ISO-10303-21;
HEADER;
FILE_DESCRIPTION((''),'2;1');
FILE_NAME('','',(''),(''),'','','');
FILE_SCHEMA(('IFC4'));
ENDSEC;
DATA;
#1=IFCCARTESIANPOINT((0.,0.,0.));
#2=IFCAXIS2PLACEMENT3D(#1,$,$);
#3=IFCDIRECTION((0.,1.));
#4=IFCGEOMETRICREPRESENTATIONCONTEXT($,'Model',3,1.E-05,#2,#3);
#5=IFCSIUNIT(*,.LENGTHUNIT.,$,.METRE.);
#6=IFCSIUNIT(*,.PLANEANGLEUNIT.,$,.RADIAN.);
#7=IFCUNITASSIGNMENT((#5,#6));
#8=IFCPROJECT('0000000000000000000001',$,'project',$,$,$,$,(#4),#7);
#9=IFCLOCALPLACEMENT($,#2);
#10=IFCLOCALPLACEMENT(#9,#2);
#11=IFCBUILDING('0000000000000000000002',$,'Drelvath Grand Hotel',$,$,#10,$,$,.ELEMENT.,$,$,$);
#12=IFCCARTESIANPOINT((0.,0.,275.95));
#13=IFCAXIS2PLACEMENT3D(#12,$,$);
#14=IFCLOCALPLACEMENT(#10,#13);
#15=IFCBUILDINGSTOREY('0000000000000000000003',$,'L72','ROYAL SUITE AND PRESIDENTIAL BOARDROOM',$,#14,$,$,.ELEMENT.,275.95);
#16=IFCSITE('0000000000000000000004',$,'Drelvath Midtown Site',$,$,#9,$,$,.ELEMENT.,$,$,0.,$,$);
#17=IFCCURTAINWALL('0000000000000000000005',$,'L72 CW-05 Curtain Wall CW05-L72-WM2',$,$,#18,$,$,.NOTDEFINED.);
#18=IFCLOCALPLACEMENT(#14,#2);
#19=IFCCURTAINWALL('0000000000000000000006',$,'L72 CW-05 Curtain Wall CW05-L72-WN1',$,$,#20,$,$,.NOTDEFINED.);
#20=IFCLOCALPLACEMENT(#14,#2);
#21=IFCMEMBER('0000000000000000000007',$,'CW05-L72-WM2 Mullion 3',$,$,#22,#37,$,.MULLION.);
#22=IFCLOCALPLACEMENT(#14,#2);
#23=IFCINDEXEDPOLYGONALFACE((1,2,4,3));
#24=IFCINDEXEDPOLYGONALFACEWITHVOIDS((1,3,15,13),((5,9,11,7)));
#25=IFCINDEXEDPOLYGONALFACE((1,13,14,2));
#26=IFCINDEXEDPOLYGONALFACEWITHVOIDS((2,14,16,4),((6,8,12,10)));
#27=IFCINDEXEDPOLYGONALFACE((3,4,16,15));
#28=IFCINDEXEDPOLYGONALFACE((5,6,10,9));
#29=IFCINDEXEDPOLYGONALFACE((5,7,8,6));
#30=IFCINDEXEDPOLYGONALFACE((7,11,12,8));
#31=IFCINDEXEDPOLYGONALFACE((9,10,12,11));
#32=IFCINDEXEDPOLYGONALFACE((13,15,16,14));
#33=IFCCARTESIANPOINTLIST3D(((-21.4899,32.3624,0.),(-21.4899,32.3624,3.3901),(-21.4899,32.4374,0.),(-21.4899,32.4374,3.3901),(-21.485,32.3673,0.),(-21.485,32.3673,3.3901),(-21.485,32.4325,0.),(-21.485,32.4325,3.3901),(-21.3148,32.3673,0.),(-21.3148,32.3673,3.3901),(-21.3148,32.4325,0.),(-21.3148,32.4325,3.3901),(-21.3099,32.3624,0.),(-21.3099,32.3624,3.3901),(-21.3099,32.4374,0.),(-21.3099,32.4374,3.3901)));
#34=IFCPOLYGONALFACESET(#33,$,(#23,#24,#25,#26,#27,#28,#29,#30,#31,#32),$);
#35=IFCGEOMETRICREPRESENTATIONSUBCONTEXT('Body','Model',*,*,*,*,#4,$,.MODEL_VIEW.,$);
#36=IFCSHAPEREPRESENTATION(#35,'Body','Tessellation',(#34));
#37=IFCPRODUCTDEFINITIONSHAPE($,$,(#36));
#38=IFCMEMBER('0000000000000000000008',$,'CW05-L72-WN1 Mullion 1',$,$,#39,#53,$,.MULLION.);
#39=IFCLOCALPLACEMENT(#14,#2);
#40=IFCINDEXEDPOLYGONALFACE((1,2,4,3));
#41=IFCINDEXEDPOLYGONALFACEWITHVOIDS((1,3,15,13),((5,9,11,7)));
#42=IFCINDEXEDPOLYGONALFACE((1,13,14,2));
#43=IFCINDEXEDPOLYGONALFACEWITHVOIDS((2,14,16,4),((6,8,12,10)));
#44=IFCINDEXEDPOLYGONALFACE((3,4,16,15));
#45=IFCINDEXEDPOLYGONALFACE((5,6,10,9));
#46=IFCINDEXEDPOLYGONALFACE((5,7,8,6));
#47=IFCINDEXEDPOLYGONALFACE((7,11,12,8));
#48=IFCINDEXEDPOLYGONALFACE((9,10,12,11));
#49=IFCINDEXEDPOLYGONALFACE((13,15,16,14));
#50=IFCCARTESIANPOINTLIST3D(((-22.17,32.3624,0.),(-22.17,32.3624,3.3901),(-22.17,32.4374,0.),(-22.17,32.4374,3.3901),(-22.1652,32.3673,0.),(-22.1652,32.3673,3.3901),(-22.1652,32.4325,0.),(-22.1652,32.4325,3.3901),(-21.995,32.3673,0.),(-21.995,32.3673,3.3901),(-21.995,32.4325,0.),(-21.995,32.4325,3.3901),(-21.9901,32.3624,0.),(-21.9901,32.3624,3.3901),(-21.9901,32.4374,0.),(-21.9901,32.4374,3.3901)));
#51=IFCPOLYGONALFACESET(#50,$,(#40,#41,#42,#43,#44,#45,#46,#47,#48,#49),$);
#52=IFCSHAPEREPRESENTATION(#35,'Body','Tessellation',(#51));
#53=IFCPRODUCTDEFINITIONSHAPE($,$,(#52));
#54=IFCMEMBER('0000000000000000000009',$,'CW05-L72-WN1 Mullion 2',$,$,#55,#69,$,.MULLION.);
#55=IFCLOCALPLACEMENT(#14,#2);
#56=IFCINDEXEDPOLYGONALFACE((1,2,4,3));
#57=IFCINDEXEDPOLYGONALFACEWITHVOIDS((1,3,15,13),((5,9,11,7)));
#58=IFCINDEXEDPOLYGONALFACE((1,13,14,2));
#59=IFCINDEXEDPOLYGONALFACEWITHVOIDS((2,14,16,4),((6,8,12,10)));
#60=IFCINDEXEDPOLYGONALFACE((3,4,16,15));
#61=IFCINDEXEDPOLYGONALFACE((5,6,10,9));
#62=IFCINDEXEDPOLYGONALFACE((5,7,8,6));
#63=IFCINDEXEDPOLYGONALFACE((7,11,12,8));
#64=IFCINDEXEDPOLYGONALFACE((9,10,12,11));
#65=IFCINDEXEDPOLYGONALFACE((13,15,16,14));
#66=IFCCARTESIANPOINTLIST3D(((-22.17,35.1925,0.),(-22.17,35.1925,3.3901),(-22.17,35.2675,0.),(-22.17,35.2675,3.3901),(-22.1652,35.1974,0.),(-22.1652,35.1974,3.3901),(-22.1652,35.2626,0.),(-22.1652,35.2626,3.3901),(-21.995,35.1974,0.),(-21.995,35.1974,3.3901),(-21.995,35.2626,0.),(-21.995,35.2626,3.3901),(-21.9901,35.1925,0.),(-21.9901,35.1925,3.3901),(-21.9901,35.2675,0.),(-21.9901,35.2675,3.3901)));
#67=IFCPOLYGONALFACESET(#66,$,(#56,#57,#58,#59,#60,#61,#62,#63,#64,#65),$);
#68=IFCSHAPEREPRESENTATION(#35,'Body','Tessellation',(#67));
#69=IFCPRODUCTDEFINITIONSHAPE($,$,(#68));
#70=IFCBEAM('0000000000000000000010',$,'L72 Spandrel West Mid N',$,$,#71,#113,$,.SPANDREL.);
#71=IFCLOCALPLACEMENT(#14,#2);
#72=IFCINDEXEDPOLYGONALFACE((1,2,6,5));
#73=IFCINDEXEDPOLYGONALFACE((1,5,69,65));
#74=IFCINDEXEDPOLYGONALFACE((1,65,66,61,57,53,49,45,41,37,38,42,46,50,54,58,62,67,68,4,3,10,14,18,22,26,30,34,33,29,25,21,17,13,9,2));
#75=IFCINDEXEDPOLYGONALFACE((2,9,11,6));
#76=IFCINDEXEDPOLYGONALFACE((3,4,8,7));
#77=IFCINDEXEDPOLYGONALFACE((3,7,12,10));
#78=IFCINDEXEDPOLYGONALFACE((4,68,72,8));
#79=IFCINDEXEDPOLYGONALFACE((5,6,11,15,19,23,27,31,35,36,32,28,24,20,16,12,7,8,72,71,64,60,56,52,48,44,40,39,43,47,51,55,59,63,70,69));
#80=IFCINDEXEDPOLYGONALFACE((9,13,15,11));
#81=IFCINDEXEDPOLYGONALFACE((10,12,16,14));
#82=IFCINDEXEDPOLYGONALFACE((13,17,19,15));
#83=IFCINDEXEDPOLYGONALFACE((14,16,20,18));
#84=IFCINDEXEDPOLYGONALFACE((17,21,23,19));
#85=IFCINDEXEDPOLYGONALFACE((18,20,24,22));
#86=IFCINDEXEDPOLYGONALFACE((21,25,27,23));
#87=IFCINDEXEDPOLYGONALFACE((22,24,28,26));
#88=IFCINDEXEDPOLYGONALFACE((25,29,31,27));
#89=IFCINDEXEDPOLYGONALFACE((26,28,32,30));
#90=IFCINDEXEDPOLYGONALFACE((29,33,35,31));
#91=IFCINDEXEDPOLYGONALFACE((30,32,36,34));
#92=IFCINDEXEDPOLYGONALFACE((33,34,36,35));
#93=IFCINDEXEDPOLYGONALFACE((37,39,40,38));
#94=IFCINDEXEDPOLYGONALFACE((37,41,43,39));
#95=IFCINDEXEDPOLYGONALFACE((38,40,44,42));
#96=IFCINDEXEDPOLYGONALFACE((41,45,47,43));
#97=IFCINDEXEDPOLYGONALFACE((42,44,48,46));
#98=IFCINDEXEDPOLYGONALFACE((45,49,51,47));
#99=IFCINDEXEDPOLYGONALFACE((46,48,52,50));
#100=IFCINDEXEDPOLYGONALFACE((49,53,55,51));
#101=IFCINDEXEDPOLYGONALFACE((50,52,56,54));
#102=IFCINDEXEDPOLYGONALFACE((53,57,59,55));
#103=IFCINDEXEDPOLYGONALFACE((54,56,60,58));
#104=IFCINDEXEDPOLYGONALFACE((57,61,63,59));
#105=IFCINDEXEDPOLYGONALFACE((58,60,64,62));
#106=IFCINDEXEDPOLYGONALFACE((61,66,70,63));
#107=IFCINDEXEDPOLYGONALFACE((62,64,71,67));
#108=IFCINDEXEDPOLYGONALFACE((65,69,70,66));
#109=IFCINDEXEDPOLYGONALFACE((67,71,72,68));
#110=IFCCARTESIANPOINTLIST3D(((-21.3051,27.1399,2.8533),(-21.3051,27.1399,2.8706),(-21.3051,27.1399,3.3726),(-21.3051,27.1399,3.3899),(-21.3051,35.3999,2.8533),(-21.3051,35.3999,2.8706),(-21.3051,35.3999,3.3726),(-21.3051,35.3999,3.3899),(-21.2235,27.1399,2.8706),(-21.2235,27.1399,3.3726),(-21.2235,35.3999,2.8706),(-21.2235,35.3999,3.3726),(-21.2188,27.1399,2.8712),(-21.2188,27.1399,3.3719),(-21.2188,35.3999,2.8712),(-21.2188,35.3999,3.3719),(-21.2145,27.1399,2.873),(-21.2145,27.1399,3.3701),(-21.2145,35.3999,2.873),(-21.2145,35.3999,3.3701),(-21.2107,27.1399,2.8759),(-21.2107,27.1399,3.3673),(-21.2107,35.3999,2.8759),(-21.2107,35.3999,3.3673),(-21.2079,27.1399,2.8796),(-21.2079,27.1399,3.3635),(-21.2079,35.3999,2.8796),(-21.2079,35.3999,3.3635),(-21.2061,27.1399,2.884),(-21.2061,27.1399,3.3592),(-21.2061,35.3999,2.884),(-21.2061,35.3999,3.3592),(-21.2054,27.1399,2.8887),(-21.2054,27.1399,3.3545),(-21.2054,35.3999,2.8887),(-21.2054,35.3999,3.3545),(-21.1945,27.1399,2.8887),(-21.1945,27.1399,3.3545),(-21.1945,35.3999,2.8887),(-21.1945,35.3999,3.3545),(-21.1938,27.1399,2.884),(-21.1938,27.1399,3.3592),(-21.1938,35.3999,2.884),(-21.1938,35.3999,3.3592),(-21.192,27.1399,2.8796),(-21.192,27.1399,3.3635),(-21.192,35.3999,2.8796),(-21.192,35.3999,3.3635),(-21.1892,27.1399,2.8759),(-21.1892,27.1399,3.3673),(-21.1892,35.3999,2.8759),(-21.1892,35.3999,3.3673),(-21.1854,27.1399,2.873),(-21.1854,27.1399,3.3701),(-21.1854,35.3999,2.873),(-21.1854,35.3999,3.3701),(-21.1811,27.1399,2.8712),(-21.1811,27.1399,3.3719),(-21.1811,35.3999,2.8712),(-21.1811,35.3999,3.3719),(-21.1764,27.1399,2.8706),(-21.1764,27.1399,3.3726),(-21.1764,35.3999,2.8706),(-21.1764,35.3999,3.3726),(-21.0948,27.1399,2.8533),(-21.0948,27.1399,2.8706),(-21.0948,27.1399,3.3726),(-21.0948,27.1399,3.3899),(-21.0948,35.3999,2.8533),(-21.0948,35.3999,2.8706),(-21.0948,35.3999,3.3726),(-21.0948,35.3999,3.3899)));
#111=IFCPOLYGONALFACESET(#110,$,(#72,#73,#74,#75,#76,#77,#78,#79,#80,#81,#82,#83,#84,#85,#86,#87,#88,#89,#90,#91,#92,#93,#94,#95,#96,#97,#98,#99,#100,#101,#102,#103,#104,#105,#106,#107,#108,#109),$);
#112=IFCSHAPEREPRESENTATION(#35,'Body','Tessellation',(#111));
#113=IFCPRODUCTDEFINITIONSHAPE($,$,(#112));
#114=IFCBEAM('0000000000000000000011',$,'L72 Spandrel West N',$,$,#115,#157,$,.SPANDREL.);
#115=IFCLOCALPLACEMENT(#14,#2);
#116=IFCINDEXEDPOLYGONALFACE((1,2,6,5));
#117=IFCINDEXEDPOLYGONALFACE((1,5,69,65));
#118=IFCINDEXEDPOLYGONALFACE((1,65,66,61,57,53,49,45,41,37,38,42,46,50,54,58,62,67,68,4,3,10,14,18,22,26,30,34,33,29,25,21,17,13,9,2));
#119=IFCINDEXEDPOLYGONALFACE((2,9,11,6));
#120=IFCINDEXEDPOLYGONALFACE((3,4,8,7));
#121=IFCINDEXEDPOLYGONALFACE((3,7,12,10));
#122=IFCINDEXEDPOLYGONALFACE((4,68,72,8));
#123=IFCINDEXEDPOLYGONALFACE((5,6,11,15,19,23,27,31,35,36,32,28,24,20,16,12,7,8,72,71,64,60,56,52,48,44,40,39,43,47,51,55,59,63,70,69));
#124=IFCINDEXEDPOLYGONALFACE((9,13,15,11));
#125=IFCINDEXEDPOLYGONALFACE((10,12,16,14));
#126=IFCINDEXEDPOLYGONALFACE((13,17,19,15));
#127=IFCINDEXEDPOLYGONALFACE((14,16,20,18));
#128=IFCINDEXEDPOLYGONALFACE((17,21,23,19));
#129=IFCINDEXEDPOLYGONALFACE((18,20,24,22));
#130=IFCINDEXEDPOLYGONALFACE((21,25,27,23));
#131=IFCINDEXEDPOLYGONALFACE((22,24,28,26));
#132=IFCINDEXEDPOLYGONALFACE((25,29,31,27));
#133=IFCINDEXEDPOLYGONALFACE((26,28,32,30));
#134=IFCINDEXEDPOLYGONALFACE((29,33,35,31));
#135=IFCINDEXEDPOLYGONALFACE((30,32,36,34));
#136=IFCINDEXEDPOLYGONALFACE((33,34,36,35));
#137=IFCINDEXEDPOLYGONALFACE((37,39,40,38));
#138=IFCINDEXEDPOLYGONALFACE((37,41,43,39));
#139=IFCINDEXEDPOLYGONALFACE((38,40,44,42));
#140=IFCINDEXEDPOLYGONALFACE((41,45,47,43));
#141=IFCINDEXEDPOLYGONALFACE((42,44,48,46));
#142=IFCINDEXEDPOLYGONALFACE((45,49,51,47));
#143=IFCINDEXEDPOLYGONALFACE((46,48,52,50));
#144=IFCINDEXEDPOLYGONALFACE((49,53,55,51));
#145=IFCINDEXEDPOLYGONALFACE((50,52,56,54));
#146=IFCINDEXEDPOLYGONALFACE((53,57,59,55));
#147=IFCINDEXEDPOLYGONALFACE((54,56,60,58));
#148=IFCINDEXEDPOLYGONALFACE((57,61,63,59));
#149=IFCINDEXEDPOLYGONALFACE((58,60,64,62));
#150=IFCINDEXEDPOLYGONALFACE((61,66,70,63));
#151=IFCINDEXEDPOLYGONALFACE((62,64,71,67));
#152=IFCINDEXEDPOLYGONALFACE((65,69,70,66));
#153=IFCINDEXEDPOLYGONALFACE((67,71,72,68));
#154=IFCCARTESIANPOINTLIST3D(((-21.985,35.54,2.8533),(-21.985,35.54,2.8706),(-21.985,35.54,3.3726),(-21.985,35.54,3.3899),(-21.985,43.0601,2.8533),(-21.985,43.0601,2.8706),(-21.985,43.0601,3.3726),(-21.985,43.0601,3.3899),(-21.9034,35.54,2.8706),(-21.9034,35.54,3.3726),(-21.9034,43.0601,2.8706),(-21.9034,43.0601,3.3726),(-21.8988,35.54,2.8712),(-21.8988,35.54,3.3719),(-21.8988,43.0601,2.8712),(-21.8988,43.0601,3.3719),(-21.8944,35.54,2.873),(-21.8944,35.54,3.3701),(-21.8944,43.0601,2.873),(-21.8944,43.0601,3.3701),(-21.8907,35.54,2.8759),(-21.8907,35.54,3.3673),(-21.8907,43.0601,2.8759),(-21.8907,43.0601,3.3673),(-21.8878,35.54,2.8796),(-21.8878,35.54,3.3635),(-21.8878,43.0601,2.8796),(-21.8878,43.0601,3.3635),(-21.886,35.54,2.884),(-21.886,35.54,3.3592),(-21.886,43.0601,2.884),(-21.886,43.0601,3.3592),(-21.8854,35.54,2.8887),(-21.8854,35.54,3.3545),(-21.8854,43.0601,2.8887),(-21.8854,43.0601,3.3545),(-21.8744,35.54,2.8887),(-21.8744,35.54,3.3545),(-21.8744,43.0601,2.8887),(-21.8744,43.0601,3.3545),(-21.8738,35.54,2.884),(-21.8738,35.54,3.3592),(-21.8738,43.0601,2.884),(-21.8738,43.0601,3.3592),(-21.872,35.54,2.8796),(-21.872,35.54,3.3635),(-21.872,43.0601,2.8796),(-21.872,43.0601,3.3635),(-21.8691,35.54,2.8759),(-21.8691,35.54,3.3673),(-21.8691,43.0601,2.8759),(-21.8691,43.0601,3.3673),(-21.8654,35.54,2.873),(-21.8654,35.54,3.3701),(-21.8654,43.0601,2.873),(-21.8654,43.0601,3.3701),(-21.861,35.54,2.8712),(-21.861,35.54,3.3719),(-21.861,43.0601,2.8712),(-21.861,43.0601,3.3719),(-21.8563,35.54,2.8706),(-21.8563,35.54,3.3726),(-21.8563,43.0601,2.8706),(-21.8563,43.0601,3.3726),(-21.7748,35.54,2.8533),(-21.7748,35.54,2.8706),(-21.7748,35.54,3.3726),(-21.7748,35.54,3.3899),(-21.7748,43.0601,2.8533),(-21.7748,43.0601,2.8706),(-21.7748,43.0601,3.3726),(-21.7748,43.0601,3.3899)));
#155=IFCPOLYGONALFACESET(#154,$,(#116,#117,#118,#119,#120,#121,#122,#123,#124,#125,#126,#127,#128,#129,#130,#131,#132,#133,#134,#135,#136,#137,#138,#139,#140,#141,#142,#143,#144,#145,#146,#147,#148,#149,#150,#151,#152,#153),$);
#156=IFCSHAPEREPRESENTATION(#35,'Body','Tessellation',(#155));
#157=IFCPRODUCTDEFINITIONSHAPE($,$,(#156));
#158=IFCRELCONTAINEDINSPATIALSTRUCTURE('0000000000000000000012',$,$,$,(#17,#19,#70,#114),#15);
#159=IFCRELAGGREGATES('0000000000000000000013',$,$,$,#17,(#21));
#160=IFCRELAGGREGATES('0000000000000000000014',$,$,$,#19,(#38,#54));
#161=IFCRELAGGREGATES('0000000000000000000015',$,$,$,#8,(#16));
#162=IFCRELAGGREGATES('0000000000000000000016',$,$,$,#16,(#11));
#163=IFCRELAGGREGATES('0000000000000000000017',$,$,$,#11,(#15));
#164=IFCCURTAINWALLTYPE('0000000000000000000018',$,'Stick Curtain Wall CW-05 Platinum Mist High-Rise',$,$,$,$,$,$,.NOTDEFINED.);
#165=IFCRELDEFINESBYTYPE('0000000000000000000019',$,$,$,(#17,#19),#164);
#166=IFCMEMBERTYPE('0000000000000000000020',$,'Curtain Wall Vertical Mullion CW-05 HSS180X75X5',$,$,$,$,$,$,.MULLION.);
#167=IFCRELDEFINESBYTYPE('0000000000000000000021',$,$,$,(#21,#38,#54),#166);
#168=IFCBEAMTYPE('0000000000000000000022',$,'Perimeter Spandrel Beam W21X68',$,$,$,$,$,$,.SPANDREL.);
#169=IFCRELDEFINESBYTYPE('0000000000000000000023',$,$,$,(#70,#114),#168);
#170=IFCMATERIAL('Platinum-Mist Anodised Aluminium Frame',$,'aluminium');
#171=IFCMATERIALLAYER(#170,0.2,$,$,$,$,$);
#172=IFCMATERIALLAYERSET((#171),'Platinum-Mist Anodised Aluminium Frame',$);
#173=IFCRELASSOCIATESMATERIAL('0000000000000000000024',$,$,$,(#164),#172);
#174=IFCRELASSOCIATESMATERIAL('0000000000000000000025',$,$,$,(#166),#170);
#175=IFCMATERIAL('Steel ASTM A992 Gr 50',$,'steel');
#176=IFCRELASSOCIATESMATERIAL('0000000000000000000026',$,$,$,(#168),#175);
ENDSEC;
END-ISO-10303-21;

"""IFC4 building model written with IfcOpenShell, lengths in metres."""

from ifc_helpers import new_model, si_unit, direction, frame, origin, origin_2d, place, context, subcontext, project, spatial, hollow_rectangle, i_section, extrude, material, layer, layer_set, material_profile, profile_set, type_object, element, aggregate, save


model = new_model("IFC4")

# Units and contexts
model_context = context("Model", 3, precision=1e-05, world=origin(), true_north=direction((0.0, 1.0)))
body_context = subcontext(model_context, "Body", "Model", "MODEL_VIEW")
ifc_project = project(units=[si_unit("LENGTHUNIT", "METRE"), si_unit("PLANEANGLEUNIT", "RADIAN")], contexts=[model_context])

# Site, building, storey
site_placement = place(None, origin())
site = spatial("IfcSite", under=ifc_project, at=site_placement, Name="Drelvath Midtown Site", CompositionType="ELEMENT", RefElevation=0.0)
building_placement = place(site_placement, origin())
building = spatial("IfcBuilding", under=site, at=building_placement, Name="Drelvath Grand Hotel", CompositionType="ELEMENT")
storey_placement = place(building_placement, frame((0.0, 0.0, 275.95)))
storey = spatial("IfcBuildingStorey", under=building, at=storey_placement, Name="L72", Description="ROYAL SUITE AND PRESIDENTIAL BOARDROOM", CompositionType="ELEMENT", Elevation=275.95)

# Curtain walls
ifc_material_1 = material(Name="Platinum-Mist Anodised Aluminium Frame", Category="aluminium")
ifc_layer_1 = layer(ifc_material_1, 0.2)
ifc_layer_set_1 = layer_set([ifc_layer_1], Name="Platinum-Mist Anodised Aluminium Frame")
curtain_wall_type = type_object("IfcCurtainWallType", Name="Stick Curtain Wall CW-05 Platinum Mist High-Rise", PredefinedType="NOTDEFINED", material=ifc_layer_set_1)
curtain_wall_1_placement = place(storey_placement, origin())
curtain_wall_1 = element("IfcCurtainWall", 1, at=curtain_wall_1_placement, inside=storey, type_object=curtain_wall_type, Name="L72 CW-05 Curtain Wall CW05-L72-WM2", PredefinedType="NOTDEFINED")
curtain_wall_2_placement = place(storey_placement, origin())
curtain_wall_2 = element("IfcCurtainWall", 2, at=curtain_wall_2_placement, inside=storey, type_object=curtain_wall_type, Name="L72 CW-05 Curtain Wall CW05-L72-WN1", PredefinedType="NOTDEFINED")
ifc_material_profile_1 = material_profile(ifc_material_1, hollow_rectangle(XDim=0.075, YDim=0.1799, WallThickness=0.0049, at=origin_2d()), Name="HSS180X75X5")
ifc_profile_set_1 = profile_set([ifc_material_profile_1], Name="Platinum-Mist Anodised Aluminium Frame")
member_type_1 = type_object("IfcMemberType", Name="Curtain Wall Vertical Mullion CW-05 HSS180X75X5", PredefinedType="MULLION", material=ifc_profile_set_1)

# Members
member_1_placement = place(storey_placement, frame((-21.3999, 32.3999, 0.0), z_axis=(0.0, 0.0, 1.0), x_axis=(0.0, 1.0, 0.0)))
member_1 = element("IfcMember", 3, at=member_1_placement, type_object=member_type_1, Name="CW05-L72-WM2 Mullion 3", PredefinedType="MULLION", context=body_context, shape_type="SweptSolid", body=[
    extrude(hollow_rectangle(XDim=0.075, YDim=0.1799, WallThickness=0.0049, at=origin_2d()), origin(), (0.0, 0.0, 1.0), 3.3901),
])
member_2_placement = place(storey_placement, frame((-22.0801, 32.3999, 0.0), z_axis=(0.0, 0.0, 1.0), x_axis=(0.0, 1.0, 0.0)))
member_2 = element("IfcMember", 4, at=member_2_placement, type_object=member_type_1, Name="CW05-L72-WN1 Mullion 1", PredefinedType="MULLION", context=body_context, shape_type="SweptSolid", body=[
    extrude(hollow_rectangle(XDim=0.075, YDim=0.1799, WallThickness=0.0049, at=origin_2d()), origin(), (0.0, 0.0, 1.0), 3.3901),
])
member_3_placement = place(storey_placement, frame((-22.0801, 35.23, 0.0), z_axis=(0.0, 0.0, 1.0), x_axis=(0.0, 1.0, 0.0)))
member_3 = element("IfcMember", 5, at=member_3_placement, type_object=member_type_1, Name="CW05-L72-WN1 Mullion 2", PredefinedType="MULLION", context=body_context, shape_type="SweptSolid", body=[
    extrude(hollow_rectangle(XDim=0.075, YDim=0.1799, WallThickness=0.0049, at=origin_2d()), origin(), (0.0, 0.0, 1.0), 3.3901),
])

# Beams
ifc_material_2 = material(Name="Steel ASTM A992 Gr 50", Category="steel")
ifc_material_profile_2 = material_profile(ifc_material_2, i_section(OverallWidth=0.2102, OverallDepth=0.5366, WebThickness=0.011, FlangeThickness=0.0173, FilletRadius=0.0181, at=origin_2d()), Name="W21X68")
ifc_profile_set_2 = profile_set([ifc_material_profile_2], Name="Steel ASTM A992 Gr 50")
beam_type_1 = type_object("IfcBeamType", Name="Perimeter Spandrel Beam W21X68", PredefinedType="SPANDREL", material=ifc_profile_set_2)
beam_1_placement = place(storey_placement, frame((-21.2, 27.1399, 3.1216), z_axis=(0.0, 1.0, 0.0), x_axis=(-1.0, 0.0, 0.0)))
element("IfcBeam", 6, at=beam_1_placement, inside=storey, type_object=beam_type_1, Name="L72 Spandrel West Mid N", PredefinedType="SPANDREL", context=body_context, shape_type="SweptSolid", body=[
    extrude(i_section(OverallWidth=0.2102, OverallDepth=0.5366, WebThickness=0.011, FlangeThickness=0.0173, FilletRadius=0.0181, at=origin_2d()), origin(), (0.0, 0.0, 1.0), 8.26),
])
beam_2_placement = place(storey_placement, frame((-21.8799, 35.54, 3.1216), z_axis=(0.0, 1.0, 0.0), x_axis=(-1.0, 0.0, 0.0)))
element("IfcBeam", 7, at=beam_2_placement, inside=storey, type_object=beam_type_1, Name="L72 Spandrel West N", PredefinedType="SPANDREL", context=body_context, shape_type="SweptSolid", body=[
    extrude(i_section(OverallWidth=0.2102, OverallDepth=0.5366, WebThickness=0.011, FlangeThickness=0.0173, FilletRadius=0.0181, at=origin_2d()), origin(), (0.0, 0.0, 1.0), 7.52),
])

aggregate(curtain_wall_1, [member_1])
aggregate(curtain_wall_2, [member_2, member_3])

save(model, "model.ifc")
